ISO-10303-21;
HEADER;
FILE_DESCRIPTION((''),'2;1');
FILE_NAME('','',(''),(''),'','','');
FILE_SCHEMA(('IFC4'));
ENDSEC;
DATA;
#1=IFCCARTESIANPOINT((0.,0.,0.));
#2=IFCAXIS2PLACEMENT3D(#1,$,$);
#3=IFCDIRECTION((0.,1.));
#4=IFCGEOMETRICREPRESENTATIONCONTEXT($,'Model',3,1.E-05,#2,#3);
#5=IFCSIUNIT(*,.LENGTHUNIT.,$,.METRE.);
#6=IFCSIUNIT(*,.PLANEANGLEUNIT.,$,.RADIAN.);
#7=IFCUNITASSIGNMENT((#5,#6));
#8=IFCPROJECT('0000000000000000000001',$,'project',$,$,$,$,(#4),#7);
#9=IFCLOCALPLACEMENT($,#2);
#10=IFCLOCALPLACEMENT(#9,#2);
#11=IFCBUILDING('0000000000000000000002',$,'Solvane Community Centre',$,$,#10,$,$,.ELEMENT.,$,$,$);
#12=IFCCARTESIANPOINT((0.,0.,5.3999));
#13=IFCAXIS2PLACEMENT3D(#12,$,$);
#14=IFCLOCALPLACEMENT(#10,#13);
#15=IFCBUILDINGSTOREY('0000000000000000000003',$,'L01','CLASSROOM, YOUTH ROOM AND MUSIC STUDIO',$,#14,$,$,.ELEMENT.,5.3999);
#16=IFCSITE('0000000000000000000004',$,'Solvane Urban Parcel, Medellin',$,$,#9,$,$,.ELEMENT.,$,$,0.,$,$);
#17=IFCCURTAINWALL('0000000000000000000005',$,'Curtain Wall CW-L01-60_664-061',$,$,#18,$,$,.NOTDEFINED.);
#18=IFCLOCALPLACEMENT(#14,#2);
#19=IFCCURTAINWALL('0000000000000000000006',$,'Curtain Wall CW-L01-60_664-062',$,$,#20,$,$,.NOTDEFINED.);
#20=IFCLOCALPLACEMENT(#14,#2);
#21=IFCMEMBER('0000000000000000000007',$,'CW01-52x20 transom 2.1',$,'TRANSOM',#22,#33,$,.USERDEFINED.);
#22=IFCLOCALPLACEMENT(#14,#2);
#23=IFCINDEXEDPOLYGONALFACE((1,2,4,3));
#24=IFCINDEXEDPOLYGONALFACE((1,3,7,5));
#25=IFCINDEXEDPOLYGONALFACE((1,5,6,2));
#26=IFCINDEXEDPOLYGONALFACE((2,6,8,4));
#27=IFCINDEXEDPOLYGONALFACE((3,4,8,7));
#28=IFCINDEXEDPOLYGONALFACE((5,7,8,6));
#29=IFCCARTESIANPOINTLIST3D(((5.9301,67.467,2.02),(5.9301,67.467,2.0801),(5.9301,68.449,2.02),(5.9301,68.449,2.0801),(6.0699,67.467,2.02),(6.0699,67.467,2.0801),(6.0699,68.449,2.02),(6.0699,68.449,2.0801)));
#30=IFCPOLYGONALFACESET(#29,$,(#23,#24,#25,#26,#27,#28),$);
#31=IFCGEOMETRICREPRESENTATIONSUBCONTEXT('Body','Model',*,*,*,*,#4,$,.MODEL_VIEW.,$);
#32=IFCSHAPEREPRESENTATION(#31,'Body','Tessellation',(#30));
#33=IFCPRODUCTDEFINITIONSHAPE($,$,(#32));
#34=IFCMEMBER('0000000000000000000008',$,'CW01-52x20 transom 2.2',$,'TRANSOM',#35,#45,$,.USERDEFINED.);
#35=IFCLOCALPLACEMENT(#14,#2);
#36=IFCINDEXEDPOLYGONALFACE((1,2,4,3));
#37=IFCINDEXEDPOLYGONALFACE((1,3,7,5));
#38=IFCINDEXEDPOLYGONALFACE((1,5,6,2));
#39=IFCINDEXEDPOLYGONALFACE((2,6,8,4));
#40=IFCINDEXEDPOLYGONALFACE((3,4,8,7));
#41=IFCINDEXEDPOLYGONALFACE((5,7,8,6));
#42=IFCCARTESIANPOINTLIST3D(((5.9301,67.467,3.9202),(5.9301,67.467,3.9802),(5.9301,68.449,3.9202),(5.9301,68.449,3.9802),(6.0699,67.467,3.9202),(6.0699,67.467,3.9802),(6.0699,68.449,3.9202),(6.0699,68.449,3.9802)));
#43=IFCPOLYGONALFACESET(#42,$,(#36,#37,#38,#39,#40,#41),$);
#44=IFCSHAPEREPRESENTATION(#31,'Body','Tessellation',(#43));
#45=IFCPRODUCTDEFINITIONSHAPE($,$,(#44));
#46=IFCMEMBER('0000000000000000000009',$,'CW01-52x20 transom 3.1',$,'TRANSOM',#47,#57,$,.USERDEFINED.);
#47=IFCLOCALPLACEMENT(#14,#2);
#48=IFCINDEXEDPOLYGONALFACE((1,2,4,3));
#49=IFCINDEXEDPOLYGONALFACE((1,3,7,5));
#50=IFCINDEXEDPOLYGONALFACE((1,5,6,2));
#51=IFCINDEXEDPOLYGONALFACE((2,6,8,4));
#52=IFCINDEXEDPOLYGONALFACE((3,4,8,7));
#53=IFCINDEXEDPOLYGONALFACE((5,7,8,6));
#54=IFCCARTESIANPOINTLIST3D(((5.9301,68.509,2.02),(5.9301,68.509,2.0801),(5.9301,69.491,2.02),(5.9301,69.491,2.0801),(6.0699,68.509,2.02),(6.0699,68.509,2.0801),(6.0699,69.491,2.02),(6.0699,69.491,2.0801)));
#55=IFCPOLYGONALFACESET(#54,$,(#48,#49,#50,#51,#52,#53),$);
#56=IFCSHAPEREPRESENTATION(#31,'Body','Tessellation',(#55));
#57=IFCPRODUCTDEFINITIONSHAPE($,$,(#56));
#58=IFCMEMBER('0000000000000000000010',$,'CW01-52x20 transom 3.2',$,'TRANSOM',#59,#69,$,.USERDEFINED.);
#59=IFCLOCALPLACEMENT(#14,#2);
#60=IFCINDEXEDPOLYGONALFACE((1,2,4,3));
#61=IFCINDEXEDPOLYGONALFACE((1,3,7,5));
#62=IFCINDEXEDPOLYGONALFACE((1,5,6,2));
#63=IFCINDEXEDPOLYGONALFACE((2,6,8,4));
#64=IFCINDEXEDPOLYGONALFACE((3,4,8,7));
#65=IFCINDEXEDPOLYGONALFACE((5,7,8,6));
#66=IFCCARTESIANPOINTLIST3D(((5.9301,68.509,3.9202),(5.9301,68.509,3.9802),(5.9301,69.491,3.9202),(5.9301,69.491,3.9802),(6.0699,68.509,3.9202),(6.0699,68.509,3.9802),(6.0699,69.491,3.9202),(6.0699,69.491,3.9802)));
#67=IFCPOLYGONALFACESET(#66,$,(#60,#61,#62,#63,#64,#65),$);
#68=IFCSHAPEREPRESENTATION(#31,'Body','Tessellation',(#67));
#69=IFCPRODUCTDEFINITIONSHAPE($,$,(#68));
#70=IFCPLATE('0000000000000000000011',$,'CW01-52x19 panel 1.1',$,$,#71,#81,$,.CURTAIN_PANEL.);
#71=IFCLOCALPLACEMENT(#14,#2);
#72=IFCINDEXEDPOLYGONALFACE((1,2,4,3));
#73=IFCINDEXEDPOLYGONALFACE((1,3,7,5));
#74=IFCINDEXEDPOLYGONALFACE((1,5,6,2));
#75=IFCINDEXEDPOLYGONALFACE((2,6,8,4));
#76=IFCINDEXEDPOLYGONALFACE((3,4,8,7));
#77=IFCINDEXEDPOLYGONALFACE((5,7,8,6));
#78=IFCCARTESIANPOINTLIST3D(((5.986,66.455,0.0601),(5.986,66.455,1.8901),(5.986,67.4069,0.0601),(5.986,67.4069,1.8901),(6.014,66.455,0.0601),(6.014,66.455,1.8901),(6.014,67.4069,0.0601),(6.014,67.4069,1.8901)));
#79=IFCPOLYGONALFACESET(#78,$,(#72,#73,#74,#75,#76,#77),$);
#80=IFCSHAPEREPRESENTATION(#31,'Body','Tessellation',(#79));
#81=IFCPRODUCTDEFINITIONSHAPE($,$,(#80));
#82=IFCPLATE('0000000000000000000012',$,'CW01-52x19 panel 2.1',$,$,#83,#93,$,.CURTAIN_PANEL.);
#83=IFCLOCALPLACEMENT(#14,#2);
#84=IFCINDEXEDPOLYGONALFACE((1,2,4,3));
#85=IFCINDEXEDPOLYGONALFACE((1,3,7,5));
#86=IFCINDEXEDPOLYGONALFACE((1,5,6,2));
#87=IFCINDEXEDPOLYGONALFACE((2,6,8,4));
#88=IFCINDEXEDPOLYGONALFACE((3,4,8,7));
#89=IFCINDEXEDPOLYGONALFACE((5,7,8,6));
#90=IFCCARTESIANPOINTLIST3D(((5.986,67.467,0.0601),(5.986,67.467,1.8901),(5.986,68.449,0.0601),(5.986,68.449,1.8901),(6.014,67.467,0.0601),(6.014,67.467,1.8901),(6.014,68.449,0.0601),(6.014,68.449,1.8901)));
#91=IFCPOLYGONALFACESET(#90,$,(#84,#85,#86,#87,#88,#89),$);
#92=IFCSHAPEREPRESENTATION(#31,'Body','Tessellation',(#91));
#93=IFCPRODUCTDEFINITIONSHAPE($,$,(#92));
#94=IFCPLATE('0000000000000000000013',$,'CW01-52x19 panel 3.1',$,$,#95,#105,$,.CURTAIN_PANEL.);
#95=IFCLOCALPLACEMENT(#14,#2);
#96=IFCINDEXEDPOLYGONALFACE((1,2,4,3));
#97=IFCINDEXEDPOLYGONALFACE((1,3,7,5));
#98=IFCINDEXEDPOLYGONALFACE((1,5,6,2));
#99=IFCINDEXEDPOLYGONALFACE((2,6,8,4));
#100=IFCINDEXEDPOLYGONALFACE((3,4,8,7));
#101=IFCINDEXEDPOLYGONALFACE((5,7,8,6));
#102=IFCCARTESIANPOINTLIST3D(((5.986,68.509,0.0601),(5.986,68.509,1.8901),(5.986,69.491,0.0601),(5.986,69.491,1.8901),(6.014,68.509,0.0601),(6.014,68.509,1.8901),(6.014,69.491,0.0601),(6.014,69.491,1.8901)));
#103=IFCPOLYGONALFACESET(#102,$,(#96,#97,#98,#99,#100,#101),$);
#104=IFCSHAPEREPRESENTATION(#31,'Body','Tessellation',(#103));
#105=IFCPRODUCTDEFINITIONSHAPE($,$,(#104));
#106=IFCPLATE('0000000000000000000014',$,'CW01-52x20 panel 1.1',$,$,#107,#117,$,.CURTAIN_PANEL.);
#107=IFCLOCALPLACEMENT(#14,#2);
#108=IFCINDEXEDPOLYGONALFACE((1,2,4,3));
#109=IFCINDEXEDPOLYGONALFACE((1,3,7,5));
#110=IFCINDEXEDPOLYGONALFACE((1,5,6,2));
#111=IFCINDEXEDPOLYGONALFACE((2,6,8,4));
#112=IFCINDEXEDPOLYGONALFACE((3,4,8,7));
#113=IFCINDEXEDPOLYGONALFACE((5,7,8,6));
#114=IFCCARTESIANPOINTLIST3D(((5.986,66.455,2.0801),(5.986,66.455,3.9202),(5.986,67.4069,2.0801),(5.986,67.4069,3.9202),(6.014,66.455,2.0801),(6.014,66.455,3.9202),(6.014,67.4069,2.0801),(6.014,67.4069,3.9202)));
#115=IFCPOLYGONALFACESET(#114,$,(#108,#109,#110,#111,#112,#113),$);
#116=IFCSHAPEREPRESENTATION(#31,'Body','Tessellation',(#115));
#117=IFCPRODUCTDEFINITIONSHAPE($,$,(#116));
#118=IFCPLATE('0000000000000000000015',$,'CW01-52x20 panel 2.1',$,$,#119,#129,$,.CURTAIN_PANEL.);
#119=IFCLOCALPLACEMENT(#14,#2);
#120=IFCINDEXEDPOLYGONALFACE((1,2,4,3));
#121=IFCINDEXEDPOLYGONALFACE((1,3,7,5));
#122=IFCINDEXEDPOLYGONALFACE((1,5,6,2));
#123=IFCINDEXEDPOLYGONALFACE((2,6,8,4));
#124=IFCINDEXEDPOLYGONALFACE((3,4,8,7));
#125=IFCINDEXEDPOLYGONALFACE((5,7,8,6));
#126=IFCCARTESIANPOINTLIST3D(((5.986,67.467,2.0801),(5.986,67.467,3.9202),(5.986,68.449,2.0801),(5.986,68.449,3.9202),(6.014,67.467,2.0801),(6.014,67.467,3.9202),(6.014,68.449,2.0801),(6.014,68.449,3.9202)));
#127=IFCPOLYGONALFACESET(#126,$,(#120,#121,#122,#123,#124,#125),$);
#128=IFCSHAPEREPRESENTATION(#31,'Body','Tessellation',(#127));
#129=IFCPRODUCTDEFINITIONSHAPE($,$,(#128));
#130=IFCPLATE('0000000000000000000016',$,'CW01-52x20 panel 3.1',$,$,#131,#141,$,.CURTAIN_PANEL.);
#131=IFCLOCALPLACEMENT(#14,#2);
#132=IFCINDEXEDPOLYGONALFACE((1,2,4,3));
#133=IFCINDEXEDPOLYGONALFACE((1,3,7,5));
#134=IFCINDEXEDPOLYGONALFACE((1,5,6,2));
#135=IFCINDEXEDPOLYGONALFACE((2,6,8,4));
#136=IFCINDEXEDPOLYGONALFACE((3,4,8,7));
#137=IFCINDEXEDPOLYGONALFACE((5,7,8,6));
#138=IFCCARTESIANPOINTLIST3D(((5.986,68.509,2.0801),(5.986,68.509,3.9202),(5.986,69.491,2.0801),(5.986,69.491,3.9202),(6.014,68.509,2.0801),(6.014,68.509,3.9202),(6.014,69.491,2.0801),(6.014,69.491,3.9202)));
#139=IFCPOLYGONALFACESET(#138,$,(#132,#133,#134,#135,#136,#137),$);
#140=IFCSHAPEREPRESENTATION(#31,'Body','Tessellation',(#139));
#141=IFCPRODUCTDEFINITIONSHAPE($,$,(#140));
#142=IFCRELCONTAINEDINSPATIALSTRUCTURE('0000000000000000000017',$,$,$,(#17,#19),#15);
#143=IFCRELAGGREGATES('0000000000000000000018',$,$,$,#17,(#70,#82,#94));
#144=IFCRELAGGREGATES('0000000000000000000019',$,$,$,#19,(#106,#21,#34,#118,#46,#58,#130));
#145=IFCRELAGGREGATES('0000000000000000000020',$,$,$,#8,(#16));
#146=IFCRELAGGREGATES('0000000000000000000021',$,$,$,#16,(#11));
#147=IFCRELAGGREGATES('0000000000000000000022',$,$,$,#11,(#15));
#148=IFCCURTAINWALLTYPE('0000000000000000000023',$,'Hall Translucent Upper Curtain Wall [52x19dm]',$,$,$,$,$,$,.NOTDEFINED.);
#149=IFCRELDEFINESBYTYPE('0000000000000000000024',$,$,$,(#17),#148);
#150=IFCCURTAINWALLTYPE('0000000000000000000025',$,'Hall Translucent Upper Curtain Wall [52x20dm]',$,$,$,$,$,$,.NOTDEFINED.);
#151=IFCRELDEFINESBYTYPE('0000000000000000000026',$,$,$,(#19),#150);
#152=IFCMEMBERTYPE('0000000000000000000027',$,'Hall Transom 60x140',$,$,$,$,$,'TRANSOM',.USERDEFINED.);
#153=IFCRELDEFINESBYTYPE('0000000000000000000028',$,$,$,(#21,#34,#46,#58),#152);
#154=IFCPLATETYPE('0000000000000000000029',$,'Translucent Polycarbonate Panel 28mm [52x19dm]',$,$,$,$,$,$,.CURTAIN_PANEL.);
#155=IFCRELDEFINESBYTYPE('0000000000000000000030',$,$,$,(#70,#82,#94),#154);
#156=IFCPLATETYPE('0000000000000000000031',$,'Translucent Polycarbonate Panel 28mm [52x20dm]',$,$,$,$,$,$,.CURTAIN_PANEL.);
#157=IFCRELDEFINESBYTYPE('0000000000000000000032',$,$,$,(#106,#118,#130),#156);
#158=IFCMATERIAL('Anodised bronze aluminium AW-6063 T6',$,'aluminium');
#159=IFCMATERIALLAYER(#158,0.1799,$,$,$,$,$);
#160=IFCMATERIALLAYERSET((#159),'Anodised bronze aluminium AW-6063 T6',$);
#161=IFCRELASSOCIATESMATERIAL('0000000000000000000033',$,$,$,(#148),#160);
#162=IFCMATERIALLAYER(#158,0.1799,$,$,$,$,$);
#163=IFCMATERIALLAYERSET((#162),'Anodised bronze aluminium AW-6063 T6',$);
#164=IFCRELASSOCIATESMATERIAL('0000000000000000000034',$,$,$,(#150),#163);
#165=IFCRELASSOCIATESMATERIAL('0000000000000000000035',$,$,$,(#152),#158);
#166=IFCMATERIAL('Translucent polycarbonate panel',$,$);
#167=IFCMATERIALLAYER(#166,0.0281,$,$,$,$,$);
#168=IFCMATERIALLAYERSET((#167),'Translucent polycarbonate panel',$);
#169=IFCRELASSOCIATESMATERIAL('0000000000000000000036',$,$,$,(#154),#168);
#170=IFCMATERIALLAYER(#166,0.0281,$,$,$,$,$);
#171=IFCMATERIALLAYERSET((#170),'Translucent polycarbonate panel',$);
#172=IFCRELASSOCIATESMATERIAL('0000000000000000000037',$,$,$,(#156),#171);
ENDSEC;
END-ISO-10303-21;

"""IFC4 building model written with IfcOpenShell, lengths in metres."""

from ifc_helpers import new_model, si_unit, direction, frame, origin, origin_2d, place, context, subcontext, project, spatial, rectangle, extrude, material, layer, layer_set, material_profile, profile_set, type_object, element, aggregate, save


model = new_model("IFC4")

# Units and contexts
model_context = context("Model", 3, precision=1e-05, world=origin(), true_north=direction((0.0, 1.0)))
body_context = subcontext(model_context, "Body", "Model", "MODEL_VIEW")
ifc_project = project(units=[si_unit("LENGTHUNIT", "METRE"), si_unit("PLANEANGLEUNIT", "RADIAN")], contexts=[model_context])

# Site, building, storey
site_placement = place(None, origin())
site = spatial("IfcSite", under=ifc_project, at=site_placement, Name="Solvane Urban Parcel, Medellin", CompositionType="ELEMENT", RefElevation=0.0)
building_placement = place(site_placement, origin())
building = spatial("IfcBuilding", under=site, at=building_placement, Name="Solvane Community Centre", CompositionType="ELEMENT")
storey_placement = place(building_placement, frame((0.0, 0.0, 5.3999)))
storey = spatial("IfcBuildingStorey", under=building, at=storey_placement, Name="L01", Description="CLASSROOM, YOUTH ROOM AND MUSIC STUDIO", CompositionType="ELEMENT", Elevation=5.3999)

# Curtain walls
ifc_material_1 = material(Name="Anodised bronze aluminium AW-6063 T6", Category="aluminium")
ifc_layer_1 = layer(ifc_material_1, 0.1799)
ifc_layer_set_1 = layer_set([ifc_layer_1], Name="Anodised bronze aluminium AW-6063 T6")
curtain_wall_type_1 = type_object("IfcCurtainWallType", Name="Hall Translucent Upper Curtain Wall [52x19dm]", PredefinedType="NOTDEFINED", material=ifc_layer_set_1)
curtain_wall_1_placement = place(storey_placement, origin())
curtain_wall_1 = element("IfcCurtainWall", 1, at=curtain_wall_1_placement, inside=storey, type_object=curtain_wall_type_1, Name="Curtain Wall CW-L01-60_664-061", PredefinedType="NOTDEFINED")
ifc_layer_2 = layer(ifc_material_1, 0.1799)
ifc_layer_set_2 = layer_set([ifc_layer_2], Name="Anodised bronze aluminium AW-6063 T6")
curtain_wall_type_2 = type_object("IfcCurtainWallType", Name="Hall Translucent Upper Curtain Wall [52x20dm]", PredefinedType="NOTDEFINED", material=ifc_layer_set_2)
curtain_wall_2_placement = place(storey_placement, origin())
curtain_wall_2 = element("IfcCurtainWall", 2, at=curtain_wall_2_placement, inside=storey, type_object=curtain_wall_type_2, Name="Curtain Wall CW-L01-60_664-062", PredefinedType="NOTDEFINED")

# Members
ifc_material_profile_1 = material_profile(ifc_material_1, rectangle(XDim=0.1399, YDim=0.0601, at=origin_2d()), Name="CW-T 60x140")
ifc_profile_set_1 = profile_set([ifc_material_profile_1], Name="Anodised bronze aluminium AW-6063 T6")
member_type_1 = type_object("IfcMemberType", Name="Hall Transom 60x140", ElementType="TRANSOM", PredefinedType="USERDEFINED", material=ifc_profile_set_1)
member_1_placement = place(storey_placement, frame((6.0, 67.467, 2.05), z_axis=(0.0, 1.0, 0.0), x_axis=(-1.0, 0.0, 0.0)))
member_1 = element("IfcMember", 3, at=member_1_placement, type_object=member_type_1, Name="CW01-52x20 transom 2.1", ObjectType="TRANSOM", PredefinedType="USERDEFINED", context=body_context, shape_type="SweptSolid", body=[
    extrude(rectangle(XDim=0.1399, YDim=0.0601, at=origin_2d()), origin(), (0.0, 0.0, 1.0), 0.9819),
])
member_2_placement = place(storey_placement, frame((6.0, 67.467, 3.9502), z_axis=(0.0, 1.0, 0.0), x_axis=(-1.0, 0.0, 0.0)))
member_2 = element("IfcMember", 4, at=member_2_placement, type_object=member_type_1, Name="CW01-52x20 transom 2.2", ObjectType="TRANSOM", PredefinedType="USERDEFINED", context=body_context, shape_type="SweptSolid", body=[
    extrude(rectangle(XDim=0.1399, YDim=0.0601, at=origin_2d()), origin(), (0.0, 0.0, 1.0), 0.9819),
])
member_3_placement = place(storey_placement, frame((6.0, 68.509, 2.05), z_axis=(0.0, 1.0, 0.0), x_axis=(-1.0, 0.0, 0.0)))
member_3 = element("IfcMember", 5, at=member_3_placement, type_object=member_type_1, Name="CW01-52x20 transom 3.1", ObjectType="TRANSOM", PredefinedType="USERDEFINED", context=body_context, shape_type="SweptSolid", body=[
    extrude(rectangle(XDim=0.1399, YDim=0.0601, at=origin_2d()), origin(), (0.0, 0.0, 1.0), 0.9819),
])
member_4_placement = place(storey_placement, frame((6.0, 68.509, 3.9502), z_axis=(0.0, 1.0, 0.0), x_axis=(-1.0, 0.0, 0.0)))
member_4 = element("IfcMember", 6, at=member_4_placement, type_object=member_type_1, Name="CW01-52x20 transom 3.2", ObjectType="TRANSOM", PredefinedType="USERDEFINED", context=body_context, shape_type="SweptSolid", body=[
    extrude(rectangle(XDim=0.1399, YDim=0.0601, at=origin_2d()), origin(), (0.0, 0.0, 1.0), 0.9819),
])

# Plates
ifc_material_2 = material(Name="Translucent polycarbonate panel")
ifc_layer_3 = layer(ifc_material_2, 0.0281)
ifc_layer_set_3 = layer_set([ifc_layer_3], Name="Translucent polycarbonate panel")
plate_type_1 = type_object("IfcPlateType", Name="Translucent Polycarbonate Panel 28mm [52x19dm]", PredefinedType="CURTAIN_PANEL", material=ifc_layer_set_3)
plate_1_placement = place(storey_placement, frame((6.0, 66.9309, 0.0601), z_axis=(0.0, 0.0, 1.0), x_axis=(0.0, 1.0, 0.0)))
plate_1 = element("IfcPlate", 7, at=plate_1_placement, type_object=plate_type_1, Name="CW01-52x19 panel 1.1", PredefinedType="CURTAIN_PANEL", context=body_context, shape_type="SweptSolid", body=[
    extrude(rectangle(XDim=0.9519, YDim=0.0281, at=origin_2d()), origin(), (0.0, 0.0, 1.0), 1.8301),
])
plate_2_placement = place(storey_placement, frame((6.0, 67.958, 0.0601), z_axis=(0.0, 0.0, 1.0), x_axis=(0.0, 1.0, 0.0)))
plate_2 = element("IfcPlate", 8, at=plate_2_placement, type_object=plate_type_1, Name="CW01-52x19 panel 2.1", PredefinedType="CURTAIN_PANEL", context=body_context, shape_type="SweptSolid", body=[
    extrude(rectangle(XDim=0.9819, YDim=0.0281, at=origin_2d()), origin(), (0.0, 0.0, 1.0), 1.8301),
])
plate_3_placement = place(storey_placement, frame((6.0, 69.0, 0.0601), z_axis=(0.0, 0.0, 1.0), x_axis=(0.0, 1.0, 0.0)))
plate_3 = element("IfcPlate", 9, at=plate_3_placement, type_object=plate_type_1, Name="CW01-52x19 panel 3.1", PredefinedType="CURTAIN_PANEL", context=body_context, shape_type="SweptSolid", body=[
    extrude(rectangle(XDim=0.9819, YDim=0.0281, at=origin_2d()), origin(), (0.0, 0.0, 1.0), 1.8301),
])
aggregate(curtain_wall_1, [plate_1, plate_2, plate_3])
ifc_layer_4 = layer(ifc_material_2, 0.0281)
ifc_layer_set_4 = layer_set([ifc_layer_4], Name="Translucent polycarbonate panel")
plate_type_2 = type_object("IfcPlateType", Name="Translucent Polycarbonate Panel 28mm [52x20dm]", PredefinedType="CURTAIN_PANEL", material=ifc_layer_set_4)
plate_4_placement = place(storey_placement, frame((6.0, 66.9309, 2.0801), z_axis=(0.0, 0.0, 1.0), x_axis=(0.0, 1.0, 0.0)))
plate_4 = element("IfcPlate", 10, at=plate_4_placement, type_object=plate_type_2, Name="CW01-52x20 panel 1.1", PredefinedType="CURTAIN_PANEL", context=body_context, shape_type="SweptSolid", body=[
    extrude(rectangle(XDim=0.9519, YDim=0.0281, at=origin_2d()), origin(), (0.0, 0.0, 1.0), 1.8401),
])
plate_5_placement = place(storey_placement, frame((6.0, 67.958, 2.0801), z_axis=(0.0, 0.0, 1.0), x_axis=(0.0, 1.0, 0.0)))
plate_5 = element("IfcPlate", 11, at=plate_5_placement, type_object=plate_type_2, Name="CW01-52x20 panel 2.1", PredefinedType="CURTAIN_PANEL", context=body_context, shape_type="SweptSolid", body=[
    extrude(rectangle(XDim=0.9819, YDim=0.0281, at=origin_2d()), origin(), (0.0, 0.0, 1.0), 1.8401),
])
plate_6_placement = place(storey_placement, frame((6.0, 69.0, 2.0801), z_axis=(0.0, 0.0, 1.0), x_axis=(0.0, 1.0, 0.0)))
plate_6 = element("IfcPlate", 12, at=plate_6_placement, type_object=plate_type_2, Name="CW01-52x20 panel 3.1", PredefinedType="CURTAIN_PANEL", context=body_context, shape_type="SweptSolid", body=[
    extrude(rectangle(XDim=0.9819, YDim=0.0281, at=origin_2d()), origin(), (0.0, 0.0, 1.0), 1.8401),
])
aggregate(curtain_wall_2, [plate_4, member_1, member_2, plate_5, member_3, member_4, plate_6])

save(model, "model.ifc")
